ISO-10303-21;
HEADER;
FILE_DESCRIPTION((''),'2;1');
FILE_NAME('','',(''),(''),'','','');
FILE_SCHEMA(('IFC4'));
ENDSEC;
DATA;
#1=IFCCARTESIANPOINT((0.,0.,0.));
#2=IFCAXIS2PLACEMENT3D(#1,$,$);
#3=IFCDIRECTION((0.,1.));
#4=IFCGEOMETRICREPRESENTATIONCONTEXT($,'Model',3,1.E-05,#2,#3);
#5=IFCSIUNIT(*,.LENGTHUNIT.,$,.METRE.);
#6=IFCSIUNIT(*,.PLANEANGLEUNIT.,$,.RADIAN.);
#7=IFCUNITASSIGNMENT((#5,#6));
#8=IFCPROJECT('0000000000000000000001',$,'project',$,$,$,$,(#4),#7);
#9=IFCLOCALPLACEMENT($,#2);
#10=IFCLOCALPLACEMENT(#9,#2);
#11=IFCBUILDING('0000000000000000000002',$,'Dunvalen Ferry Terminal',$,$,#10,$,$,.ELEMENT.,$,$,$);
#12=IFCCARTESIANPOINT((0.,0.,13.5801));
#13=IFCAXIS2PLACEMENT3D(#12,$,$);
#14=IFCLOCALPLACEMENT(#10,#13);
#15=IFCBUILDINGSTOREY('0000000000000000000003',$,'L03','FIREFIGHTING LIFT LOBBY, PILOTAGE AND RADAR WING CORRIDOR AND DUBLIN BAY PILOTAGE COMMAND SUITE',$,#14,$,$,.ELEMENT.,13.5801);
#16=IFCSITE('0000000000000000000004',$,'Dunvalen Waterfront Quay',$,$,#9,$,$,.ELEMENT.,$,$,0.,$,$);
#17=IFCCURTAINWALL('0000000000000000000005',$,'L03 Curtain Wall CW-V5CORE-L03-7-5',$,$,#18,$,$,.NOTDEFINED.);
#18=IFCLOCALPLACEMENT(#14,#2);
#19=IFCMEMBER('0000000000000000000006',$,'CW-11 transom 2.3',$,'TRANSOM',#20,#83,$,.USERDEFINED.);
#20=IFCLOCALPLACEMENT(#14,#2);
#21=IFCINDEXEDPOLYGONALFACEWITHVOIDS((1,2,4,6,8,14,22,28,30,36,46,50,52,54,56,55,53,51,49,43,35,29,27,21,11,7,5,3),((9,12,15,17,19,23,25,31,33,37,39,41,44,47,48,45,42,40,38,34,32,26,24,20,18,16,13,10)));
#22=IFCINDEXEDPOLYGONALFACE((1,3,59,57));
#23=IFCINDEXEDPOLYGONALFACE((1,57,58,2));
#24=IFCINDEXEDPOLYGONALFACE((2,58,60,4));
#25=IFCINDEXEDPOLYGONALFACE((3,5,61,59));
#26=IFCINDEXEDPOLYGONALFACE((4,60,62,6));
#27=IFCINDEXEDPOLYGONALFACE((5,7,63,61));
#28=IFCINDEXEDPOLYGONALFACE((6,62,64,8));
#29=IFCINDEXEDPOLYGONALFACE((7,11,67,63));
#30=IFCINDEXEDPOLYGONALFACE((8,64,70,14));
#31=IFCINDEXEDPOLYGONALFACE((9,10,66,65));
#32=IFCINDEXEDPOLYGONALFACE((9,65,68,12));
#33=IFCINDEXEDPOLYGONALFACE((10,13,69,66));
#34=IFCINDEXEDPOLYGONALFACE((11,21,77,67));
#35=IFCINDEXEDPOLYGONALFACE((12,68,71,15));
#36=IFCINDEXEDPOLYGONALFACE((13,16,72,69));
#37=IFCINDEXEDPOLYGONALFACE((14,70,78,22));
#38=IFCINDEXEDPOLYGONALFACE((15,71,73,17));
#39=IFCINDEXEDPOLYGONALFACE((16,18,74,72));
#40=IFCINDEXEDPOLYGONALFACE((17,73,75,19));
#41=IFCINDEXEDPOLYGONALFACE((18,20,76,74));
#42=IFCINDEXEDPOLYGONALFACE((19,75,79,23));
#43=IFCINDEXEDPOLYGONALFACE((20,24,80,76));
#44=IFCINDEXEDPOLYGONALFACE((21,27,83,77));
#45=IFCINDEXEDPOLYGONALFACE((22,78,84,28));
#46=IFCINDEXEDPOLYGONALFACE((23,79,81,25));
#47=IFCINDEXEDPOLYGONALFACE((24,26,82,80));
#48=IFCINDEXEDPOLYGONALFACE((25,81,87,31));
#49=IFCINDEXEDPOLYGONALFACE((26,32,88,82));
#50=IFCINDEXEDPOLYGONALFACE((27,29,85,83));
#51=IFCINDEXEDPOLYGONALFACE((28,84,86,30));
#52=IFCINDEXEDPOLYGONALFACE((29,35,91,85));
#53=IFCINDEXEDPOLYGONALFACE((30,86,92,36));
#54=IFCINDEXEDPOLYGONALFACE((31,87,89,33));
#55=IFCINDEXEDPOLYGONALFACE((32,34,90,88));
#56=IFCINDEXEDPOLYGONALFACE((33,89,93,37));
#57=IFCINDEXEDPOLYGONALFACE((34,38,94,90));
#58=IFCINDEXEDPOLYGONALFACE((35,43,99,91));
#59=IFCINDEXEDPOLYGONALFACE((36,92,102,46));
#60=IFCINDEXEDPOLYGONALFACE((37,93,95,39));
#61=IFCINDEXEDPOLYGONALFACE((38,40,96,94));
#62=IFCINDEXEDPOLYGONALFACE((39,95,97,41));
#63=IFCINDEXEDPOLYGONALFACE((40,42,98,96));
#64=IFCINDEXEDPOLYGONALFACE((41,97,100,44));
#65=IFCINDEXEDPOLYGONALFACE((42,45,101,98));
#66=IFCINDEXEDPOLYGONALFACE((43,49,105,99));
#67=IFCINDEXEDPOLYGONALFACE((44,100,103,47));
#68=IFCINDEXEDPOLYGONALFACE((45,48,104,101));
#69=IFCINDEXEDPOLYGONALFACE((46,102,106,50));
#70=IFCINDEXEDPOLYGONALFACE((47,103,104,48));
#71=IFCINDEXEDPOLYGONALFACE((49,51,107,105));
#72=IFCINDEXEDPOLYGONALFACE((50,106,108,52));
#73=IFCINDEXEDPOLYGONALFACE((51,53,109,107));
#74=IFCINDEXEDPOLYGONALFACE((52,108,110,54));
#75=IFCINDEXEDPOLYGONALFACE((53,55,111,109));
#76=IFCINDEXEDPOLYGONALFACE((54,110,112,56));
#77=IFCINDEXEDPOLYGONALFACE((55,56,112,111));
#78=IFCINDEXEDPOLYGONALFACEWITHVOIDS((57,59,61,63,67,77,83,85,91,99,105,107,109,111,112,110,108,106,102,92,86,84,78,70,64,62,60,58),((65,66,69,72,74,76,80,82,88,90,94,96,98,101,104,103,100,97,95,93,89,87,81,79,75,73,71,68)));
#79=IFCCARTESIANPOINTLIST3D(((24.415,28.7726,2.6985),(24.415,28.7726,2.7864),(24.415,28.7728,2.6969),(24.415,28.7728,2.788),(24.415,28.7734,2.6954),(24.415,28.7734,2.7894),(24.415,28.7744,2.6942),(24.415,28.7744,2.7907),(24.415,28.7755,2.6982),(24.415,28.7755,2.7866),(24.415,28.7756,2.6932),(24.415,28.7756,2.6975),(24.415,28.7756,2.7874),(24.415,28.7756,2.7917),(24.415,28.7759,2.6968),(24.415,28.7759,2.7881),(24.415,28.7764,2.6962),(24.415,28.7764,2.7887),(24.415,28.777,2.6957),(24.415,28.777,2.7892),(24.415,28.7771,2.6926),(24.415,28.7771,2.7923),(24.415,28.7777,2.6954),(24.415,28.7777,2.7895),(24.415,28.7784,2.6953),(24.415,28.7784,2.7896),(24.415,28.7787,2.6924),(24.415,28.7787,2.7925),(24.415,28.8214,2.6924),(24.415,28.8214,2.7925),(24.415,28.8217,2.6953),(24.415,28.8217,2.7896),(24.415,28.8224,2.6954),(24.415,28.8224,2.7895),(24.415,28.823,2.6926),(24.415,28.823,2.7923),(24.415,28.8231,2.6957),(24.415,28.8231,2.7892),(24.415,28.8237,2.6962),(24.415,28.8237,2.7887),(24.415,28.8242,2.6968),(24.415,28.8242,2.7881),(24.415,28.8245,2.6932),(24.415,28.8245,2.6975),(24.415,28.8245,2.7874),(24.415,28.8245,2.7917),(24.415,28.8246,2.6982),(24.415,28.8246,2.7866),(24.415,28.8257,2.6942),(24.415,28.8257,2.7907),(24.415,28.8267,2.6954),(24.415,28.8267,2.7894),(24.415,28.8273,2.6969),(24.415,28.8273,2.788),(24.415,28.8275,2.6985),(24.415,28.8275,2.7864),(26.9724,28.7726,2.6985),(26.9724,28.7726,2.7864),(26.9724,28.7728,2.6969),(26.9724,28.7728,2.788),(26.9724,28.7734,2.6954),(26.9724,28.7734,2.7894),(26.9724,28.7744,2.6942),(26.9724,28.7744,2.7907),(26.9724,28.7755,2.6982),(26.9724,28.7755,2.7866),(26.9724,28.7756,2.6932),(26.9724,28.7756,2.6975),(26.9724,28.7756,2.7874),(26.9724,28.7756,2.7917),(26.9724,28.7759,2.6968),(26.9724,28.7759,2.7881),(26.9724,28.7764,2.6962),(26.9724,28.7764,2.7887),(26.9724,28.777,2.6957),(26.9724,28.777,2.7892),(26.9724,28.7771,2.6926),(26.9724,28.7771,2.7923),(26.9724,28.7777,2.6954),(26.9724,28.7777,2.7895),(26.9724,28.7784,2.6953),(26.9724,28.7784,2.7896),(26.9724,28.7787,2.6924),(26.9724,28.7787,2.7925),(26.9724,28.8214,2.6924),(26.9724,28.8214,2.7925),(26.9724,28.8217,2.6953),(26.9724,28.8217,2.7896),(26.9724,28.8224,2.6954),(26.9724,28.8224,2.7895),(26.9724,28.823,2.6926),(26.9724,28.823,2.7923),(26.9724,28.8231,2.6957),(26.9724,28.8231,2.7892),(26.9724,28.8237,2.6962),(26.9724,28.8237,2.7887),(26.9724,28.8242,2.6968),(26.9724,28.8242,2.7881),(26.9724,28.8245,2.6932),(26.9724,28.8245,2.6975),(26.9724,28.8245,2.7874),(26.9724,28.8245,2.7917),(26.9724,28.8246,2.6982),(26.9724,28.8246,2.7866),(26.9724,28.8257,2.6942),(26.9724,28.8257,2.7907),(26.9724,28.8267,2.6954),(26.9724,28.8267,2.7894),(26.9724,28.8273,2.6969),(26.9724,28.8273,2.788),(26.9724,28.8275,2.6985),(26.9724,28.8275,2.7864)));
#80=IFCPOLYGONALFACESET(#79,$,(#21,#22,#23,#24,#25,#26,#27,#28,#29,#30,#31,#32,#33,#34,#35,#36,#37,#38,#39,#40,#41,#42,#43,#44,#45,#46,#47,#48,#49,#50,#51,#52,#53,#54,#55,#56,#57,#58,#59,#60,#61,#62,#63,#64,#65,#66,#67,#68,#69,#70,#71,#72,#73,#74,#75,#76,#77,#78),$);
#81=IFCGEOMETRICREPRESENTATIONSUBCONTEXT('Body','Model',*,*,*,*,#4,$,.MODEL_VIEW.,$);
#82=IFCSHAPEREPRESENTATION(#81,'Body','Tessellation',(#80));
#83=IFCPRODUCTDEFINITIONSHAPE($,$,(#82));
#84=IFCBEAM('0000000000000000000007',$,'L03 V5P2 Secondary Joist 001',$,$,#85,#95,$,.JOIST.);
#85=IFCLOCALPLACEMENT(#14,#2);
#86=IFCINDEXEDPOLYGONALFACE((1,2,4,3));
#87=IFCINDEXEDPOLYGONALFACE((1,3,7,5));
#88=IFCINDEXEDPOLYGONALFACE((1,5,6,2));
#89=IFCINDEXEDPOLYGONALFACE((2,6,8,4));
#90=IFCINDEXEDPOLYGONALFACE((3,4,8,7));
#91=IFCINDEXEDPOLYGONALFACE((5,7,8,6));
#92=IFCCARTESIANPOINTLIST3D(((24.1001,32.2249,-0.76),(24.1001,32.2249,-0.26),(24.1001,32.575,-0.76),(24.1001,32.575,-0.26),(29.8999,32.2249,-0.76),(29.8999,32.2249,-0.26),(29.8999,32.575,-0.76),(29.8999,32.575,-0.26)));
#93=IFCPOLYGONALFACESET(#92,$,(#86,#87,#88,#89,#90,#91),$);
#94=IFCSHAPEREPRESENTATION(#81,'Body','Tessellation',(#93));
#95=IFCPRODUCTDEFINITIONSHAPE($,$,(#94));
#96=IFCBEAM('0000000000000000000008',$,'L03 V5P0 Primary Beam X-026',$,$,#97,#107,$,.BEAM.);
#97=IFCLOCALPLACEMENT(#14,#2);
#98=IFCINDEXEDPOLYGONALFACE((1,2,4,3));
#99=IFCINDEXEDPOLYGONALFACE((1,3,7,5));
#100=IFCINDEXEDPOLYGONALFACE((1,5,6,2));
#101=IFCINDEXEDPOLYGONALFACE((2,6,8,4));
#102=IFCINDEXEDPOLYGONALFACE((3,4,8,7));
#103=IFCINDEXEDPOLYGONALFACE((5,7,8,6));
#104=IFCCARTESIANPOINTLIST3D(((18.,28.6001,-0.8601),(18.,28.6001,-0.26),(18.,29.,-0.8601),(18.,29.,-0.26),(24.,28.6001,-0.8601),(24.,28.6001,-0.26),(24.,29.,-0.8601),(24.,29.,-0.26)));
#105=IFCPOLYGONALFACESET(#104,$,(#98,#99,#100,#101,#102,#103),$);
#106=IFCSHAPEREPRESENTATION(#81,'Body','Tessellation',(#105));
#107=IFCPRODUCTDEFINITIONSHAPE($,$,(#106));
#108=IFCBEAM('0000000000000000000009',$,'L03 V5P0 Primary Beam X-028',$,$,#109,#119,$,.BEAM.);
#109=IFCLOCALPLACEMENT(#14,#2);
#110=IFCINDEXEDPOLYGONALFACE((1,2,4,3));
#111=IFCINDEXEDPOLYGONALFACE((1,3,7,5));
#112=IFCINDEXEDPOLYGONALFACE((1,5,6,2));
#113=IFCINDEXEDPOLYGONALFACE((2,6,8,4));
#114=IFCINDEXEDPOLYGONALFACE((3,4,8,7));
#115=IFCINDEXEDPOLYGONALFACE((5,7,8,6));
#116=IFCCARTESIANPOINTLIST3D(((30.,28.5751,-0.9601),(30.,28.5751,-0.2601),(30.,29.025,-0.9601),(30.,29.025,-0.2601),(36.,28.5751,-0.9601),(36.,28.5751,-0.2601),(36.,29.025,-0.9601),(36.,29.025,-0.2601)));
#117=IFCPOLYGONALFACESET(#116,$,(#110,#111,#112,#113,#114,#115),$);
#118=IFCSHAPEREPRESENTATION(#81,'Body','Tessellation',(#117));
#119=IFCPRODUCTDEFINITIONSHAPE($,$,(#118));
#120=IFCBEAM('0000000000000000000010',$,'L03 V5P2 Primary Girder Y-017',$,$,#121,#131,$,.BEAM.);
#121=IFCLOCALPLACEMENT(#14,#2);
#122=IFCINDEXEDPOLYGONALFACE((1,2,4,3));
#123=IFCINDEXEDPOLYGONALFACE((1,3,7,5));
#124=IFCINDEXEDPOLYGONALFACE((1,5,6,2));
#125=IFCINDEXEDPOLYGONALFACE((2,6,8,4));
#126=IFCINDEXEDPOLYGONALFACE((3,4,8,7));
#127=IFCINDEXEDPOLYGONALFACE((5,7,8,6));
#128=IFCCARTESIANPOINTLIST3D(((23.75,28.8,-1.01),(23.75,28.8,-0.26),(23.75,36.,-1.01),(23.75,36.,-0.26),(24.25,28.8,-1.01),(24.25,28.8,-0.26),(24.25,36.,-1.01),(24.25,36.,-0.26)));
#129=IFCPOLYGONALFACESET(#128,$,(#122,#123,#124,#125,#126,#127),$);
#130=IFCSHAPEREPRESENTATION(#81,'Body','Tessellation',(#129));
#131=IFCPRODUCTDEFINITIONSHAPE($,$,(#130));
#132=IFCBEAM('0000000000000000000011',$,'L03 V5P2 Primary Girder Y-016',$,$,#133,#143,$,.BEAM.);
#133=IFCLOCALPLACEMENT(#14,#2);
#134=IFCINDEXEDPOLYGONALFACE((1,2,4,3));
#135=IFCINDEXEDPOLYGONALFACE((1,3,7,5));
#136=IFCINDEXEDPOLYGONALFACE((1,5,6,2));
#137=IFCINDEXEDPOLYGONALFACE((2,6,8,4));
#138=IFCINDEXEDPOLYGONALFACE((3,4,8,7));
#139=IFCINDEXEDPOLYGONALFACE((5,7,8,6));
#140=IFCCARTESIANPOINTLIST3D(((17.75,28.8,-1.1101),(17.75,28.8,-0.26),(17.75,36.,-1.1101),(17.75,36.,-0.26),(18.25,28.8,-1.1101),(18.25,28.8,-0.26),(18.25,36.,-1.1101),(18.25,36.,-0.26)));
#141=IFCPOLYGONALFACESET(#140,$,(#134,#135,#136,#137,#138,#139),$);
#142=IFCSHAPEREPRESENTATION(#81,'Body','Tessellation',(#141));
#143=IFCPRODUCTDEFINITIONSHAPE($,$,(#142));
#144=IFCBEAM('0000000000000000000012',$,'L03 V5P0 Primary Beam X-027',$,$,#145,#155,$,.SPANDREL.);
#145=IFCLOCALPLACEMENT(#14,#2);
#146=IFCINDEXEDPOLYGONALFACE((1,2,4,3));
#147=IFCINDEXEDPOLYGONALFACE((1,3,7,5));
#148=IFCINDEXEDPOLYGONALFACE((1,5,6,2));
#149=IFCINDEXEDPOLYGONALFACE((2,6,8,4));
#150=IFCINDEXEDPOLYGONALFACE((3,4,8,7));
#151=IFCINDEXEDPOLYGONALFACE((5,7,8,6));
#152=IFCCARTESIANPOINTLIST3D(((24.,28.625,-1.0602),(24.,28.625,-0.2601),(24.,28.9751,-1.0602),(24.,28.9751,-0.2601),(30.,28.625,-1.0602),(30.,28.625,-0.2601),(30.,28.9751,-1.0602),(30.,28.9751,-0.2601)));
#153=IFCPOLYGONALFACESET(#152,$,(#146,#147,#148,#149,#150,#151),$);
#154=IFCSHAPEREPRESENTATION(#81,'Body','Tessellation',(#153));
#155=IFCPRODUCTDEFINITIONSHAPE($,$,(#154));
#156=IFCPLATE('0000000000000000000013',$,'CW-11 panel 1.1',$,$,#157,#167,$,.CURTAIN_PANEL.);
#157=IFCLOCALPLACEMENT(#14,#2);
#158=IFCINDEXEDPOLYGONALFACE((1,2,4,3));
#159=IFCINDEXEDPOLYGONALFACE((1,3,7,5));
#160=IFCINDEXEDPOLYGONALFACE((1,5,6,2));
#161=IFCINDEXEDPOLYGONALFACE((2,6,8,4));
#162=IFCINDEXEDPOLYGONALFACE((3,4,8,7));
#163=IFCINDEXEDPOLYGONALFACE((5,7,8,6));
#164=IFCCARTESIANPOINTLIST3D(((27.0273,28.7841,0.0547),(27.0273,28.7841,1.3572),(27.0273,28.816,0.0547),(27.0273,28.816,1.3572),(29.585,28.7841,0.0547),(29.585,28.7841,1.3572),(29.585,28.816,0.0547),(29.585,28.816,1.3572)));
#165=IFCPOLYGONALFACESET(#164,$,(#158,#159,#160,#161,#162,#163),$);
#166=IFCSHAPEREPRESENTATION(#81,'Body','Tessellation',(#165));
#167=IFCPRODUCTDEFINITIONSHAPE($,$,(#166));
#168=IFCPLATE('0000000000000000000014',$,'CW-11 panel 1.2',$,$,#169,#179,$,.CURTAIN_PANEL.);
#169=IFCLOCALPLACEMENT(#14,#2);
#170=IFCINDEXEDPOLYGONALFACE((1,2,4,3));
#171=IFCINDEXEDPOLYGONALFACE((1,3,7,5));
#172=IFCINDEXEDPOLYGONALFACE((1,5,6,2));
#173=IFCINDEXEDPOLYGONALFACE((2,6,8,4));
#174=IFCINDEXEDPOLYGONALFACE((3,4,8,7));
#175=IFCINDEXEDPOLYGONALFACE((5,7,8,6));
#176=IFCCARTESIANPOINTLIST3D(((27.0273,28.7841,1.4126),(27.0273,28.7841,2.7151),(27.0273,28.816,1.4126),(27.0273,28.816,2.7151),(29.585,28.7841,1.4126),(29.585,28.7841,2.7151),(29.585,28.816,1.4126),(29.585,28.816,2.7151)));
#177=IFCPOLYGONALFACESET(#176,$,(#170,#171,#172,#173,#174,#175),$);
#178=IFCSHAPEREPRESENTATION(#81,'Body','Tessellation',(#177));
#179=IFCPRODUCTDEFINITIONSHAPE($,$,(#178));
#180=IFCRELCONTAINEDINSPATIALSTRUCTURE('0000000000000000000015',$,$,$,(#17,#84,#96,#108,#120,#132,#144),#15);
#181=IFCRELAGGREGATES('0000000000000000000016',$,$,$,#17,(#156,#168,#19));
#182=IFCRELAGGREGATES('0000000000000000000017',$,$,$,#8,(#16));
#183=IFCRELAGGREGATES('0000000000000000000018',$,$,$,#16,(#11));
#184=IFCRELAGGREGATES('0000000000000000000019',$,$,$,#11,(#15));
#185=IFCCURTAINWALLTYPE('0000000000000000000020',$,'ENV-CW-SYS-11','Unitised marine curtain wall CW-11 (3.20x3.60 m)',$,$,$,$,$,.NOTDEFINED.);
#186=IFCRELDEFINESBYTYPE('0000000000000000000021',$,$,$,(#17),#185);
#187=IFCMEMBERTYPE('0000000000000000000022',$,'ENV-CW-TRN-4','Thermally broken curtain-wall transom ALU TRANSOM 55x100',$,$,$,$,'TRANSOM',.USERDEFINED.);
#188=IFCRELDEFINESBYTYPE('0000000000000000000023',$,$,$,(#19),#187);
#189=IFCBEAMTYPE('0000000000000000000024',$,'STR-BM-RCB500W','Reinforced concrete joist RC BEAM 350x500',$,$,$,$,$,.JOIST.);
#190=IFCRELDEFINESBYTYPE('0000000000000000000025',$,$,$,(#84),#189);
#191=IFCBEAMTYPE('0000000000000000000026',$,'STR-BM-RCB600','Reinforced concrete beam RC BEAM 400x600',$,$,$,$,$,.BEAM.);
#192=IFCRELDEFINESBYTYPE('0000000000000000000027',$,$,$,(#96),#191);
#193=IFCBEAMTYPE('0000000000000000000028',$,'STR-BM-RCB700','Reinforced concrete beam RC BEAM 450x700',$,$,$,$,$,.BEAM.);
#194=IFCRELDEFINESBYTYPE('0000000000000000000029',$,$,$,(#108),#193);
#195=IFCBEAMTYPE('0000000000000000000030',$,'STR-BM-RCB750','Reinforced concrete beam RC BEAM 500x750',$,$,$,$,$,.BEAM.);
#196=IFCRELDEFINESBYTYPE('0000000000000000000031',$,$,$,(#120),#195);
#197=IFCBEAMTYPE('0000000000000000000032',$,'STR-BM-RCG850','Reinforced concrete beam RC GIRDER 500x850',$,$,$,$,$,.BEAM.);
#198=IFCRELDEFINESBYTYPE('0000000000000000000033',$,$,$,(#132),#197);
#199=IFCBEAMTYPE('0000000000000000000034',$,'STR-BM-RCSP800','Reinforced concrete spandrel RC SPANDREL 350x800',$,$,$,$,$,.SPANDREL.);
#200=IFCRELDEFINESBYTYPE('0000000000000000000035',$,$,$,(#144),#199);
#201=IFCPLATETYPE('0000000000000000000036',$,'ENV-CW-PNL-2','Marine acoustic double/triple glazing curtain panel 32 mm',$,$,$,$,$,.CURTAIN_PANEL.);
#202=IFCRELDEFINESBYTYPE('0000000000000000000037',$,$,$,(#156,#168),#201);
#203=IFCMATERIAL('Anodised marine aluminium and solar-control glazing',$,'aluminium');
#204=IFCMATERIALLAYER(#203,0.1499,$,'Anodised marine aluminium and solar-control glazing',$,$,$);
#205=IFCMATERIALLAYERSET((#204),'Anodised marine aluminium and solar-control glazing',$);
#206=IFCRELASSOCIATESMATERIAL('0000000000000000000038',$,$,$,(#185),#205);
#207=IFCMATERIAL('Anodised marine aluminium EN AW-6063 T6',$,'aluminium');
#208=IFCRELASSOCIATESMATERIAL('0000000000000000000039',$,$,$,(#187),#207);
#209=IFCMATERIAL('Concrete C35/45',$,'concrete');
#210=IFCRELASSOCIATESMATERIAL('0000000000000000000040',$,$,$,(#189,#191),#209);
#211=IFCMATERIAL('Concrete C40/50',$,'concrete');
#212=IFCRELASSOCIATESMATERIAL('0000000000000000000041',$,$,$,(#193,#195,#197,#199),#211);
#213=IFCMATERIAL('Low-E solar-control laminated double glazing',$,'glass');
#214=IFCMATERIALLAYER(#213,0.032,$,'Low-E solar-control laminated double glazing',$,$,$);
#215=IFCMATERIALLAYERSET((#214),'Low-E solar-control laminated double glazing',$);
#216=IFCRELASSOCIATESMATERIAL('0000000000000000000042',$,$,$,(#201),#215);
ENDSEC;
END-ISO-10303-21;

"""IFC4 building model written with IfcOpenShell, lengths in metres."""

from ifc_helpers import new_model, si_unit, direction, frame, origin, origin_2d, place, context, subcontext, project, spatial, rectangle, hollow_rectangle, extrude, material, layer, layer_set, material_profile, profile_set, type_object, element, aggregate, save


model = new_model("IFC4")

# Units and contexts
model_context = context("Model", 3, precision=1e-05, world=origin(), true_north=direction((0.0, 1.0)))
body_context = subcontext(model_context, "Body", "Model", "MODEL_VIEW")
ifc_project = project(units=[si_unit("LENGTHUNIT", "METRE"), si_unit("PLANEANGLEUNIT", "RADIAN")], contexts=[model_context])

# Site, building, storey
site_placement = place(None, origin())
site = spatial("IfcSite", under=ifc_project, at=site_placement, Name="Dunvalen Waterfront Quay", CompositionType="ELEMENT", RefElevation=0.0)
building_placement = place(site_placement, origin())
building = spatial("IfcBuilding", under=site, at=building_placement, Name="Dunvalen Ferry Terminal", CompositionType="ELEMENT")
storey_placement = place(building_placement, frame((0.0, 0.0, 13.5801)))
storey = spatial("IfcBuildingStorey", under=building, at=storey_placement, Name="L03", Description="FIREFIGHTING LIFT LOBBY, PILOTAGE AND RADAR WING CORRIDOR AND DUBLIN BAY PILOTAGE COMMAND SUITE", CompositionType="ELEMENT", Elevation=13.5801)

# Shared definitions
ifc_material_1 = material(Name="Concrete C35/45", Category="concrete")
ifc_material_2 = material(Name="Concrete C40/50", Category="concrete")

# Curtain wall, member
ifc_material_3 = material(Name="Anodised marine aluminium and solar-control glazing", Category="aluminium")
ifc_layer_1 = layer(ifc_material_3, 0.1499, Name="Anodised marine aluminium and solar-control glazing")
ifc_layer_set_1 = layer_set([ifc_layer_1], Name="Anodised marine aluminium and solar-control glazing")
curtain_wall_type = type_object("IfcCurtainWallType", Name="ENV-CW-SYS-11", Description="Unitised marine curtain wall CW-11 (3.20x3.60 m)", PredefinedType="NOTDEFINED", material=ifc_layer_set_1)
curtain_wall_placement = place(storey_placement, origin())
curtain_wall = element("IfcCurtainWall", 1, at=curtain_wall_placement, inside=storey, type_object=curtain_wall_type, Name="L03 Curtain Wall CW-V5CORE-L03-7-5", PredefinedType="NOTDEFINED")
ifc_material_4 = material(Name="Anodised marine aluminium EN AW-6063 T6", Category="aluminium")
ifc_material_profile_1 = material_profile(ifc_material_4, hollow_rectangle(XDim=0.0549, YDim=0.1001, WallThickness=0.0029, InnerFilletRadius=0.0029, OuterFilletRadius=0.0061, at=origin_2d()), Name="Anodised marine aluminium EN AW-6063 T6")
ifc_profile_set_1 = profile_set([ifc_material_profile_1], Name="Anodised marine aluminium EN AW-6063 T6")
member_type_1 = type_object("IfcMemberType", Name="ENV-CW-TRN-4", Description="Thermally broken curtain-wall transom ALU TRANSOM 55x100", ElementType="TRANSOM", PredefinedType="USERDEFINED", material=ifc_profile_set_1)
member_1_placement = place(storey_placement, frame((26.9724, 28.8, 2.7424), z_axis=(-1.0, 0.0, 0.0), x_axis=(0.0, -1.0, 0.0)))
member_1 = element("IfcMember", 2, at=member_1_placement, type_object=member_type_1, Name="CW-11 transom 2.3", ObjectType="TRANSOM", PredefinedType="USERDEFINED", context=body_context, shape_type="SweptSolid", body=[
    extrude(hollow_rectangle(XDim=0.0549, YDim=0.1001, WallThickness=0.0029, InnerFilletRadius=0.0029, OuterFilletRadius=0.0061, at=origin_2d()), origin(), (0.0, 0.0, 1.0), 2.5574),
])

# Beams
ifc_material_profile_2 = material_profile(ifc_material_1, rectangle(XDim=0.3501, YDim=0.5, at=origin_2d()), Name="Concrete C35/45")
ifc_profile_set_2 = profile_set([ifc_material_profile_2], Name="Concrete C35/45")
beam_type_1 = type_object("IfcBeamType", Name="STR-BM-RCB500W", Description="Reinforced concrete joist RC BEAM 350x500", PredefinedType="JOIST", material=ifc_profile_set_2)
beam_1_placement = place(storey_placement, frame((24.1001, 32.3999, -0.51), z_axis=(1.0, 0.0, 0.0), x_axis=(0.0, 1.0, 0.0)))
element("IfcBeam", 3, at=beam_1_placement, inside=storey, type_object=beam_type_1, Name="L03 V5P2 Secondary Joist 001", PredefinedType="JOIST", context=body_context, shape_type="SweptSolid", body=[
    extrude(rectangle(XDim=0.3501, YDim=0.5, at=origin_2d()), origin(), (0.0, 0.0, 1.0), 5.7998),
])
ifc_material_profile_3 = material_profile(ifc_material_1, rectangle(XDim=0.3999, YDim=0.6001, at=origin_2d()), Name="Concrete C35/45")
ifc_profile_set_3 = profile_set([ifc_material_profile_3], Name="Concrete C35/45")
beam_type_2 = type_object("IfcBeamType", Name="STR-BM-RCB600", Description="Reinforced concrete beam RC BEAM 400x600", PredefinedType="BEAM", material=ifc_profile_set_3)
beam_2_placement = place(storey_placement, frame((18.0, 28.8, -0.5601), z_axis=(1.0, 0.0, 0.0), x_axis=(0.0, 1.0, 0.0)))
element("IfcBeam", 4, at=beam_2_placement, inside=storey, type_object=beam_type_2, Name="L03 V5P0 Primary Beam X-026", PredefinedType="BEAM", context=body_context, shape_type="SweptSolid", body=[
    extrude(rectangle(XDim=0.3999, YDim=0.6001, at=origin_2d()), origin(), (0.0, 0.0, 1.0), 6.0),
])
ifc_material_profile_4 = material_profile(ifc_material_2, rectangle(XDim=0.45, YDim=0.7, at=origin_2d()), Name="Concrete C40/50")
ifc_profile_set_4 = profile_set([ifc_material_profile_4], Name="Concrete C40/50")
beam_type_3 = type_object("IfcBeamType", Name="STR-BM-RCB700", Description="Reinforced concrete beam RC BEAM 450x700", PredefinedType="BEAM", material=ifc_profile_set_4)
beam_3_placement = place(storey_placement, frame((30.0, 28.8, -0.6101), z_axis=(1.0, 0.0, 0.0), x_axis=(0.0, 1.0, 0.0)))
element("IfcBeam", 5, at=beam_3_placement, inside=storey, type_object=beam_type_3, Name="L03 V5P0 Primary Beam X-028", PredefinedType="BEAM", context=body_context, shape_type="SweptSolid", body=[
    extrude(rectangle(XDim=0.45, YDim=0.7, at=origin_2d()), origin(), (0.0, 0.0, 1.0), 6.0),
])
ifc_material_profile_5 = material_profile(ifc_material_2, rectangle(XDim=0.5, YDim=0.75, at=origin_2d()), Name="Concrete C40/50")
ifc_profile_set_5 = profile_set([ifc_material_profile_5], Name="Concrete C40/50")
beam_type_4 = type_object("IfcBeamType", Name="STR-BM-RCB750", Description="Reinforced concrete beam RC BEAM 500x750", PredefinedType="BEAM", material=ifc_profile_set_5)
beam_4_placement = place(storey_placement, frame((24.0, 28.8, -0.635), z_axis=(0.0, 1.0, 0.0), x_axis=(-1.0, 0.0, 0.0)))
element("IfcBeam", 6, at=beam_4_placement, inside=storey, type_object=beam_type_4, Name="L03 V5P2 Primary Girder Y-017", PredefinedType="BEAM", context=body_context, shape_type="SweptSolid", body=[
    extrude(rectangle(XDim=0.5, YDim=0.75, at=origin_2d()), origin(), (0.0, 0.0, 1.0), 7.2),
])
ifc_material_profile_6 = material_profile(ifc_material_2, rectangle(XDim=0.5, YDim=0.8501, at=origin_2d()), Name="Concrete C40/50")
ifc_profile_set_6 = profile_set([ifc_material_profile_6], Name="Concrete C40/50")
beam_type_5 = type_object("IfcBeamType", Name="STR-BM-RCG850", Description="Reinforced concrete beam RC GIRDER 500x850", PredefinedType="BEAM", material=ifc_profile_set_6)
beam_5_placement = place(storey_placement, frame((18.0, 28.8, -0.6851), z_axis=(0.0, 1.0, 0.0), x_axis=(-1.0, 0.0, 0.0)))
element("IfcBeam", 7, at=beam_5_placement, inside=storey, type_object=beam_type_5, Name="L03 V5P2 Primary Girder Y-016", PredefinedType="BEAM", context=body_context, shape_type="SweptSolid", body=[
    extrude(rectangle(XDim=0.5, YDim=0.8501, at=origin_2d()), origin(), (0.0, 0.0, 1.0), 7.2),
])
ifc_material_profile_7 = material_profile(ifc_material_2, rectangle(XDim=0.3501, YDim=0.8, at=origin_2d()), Name="Concrete C40/50")
ifc_profile_set_7 = profile_set([ifc_material_profile_7], Name="Concrete C40/50")
beam_type_6 = type_object("IfcBeamType", Name="STR-BM-RCSP800", Description="Reinforced concrete spandrel RC SPANDREL 350x800", PredefinedType="SPANDREL", material=ifc_profile_set_7)
beam_6_placement = place(storey_placement, frame((24.0, 28.8, -0.6602), z_axis=(1.0, 0.0, 0.0), x_axis=(0.0, 1.0, 0.0)))
element("IfcBeam", 8, at=beam_6_placement, inside=storey, type_object=beam_type_6, Name="L03 V5P0 Primary Beam X-027", PredefinedType="SPANDREL", context=body_context, shape_type="SweptSolid", body=[
    extrude(rectangle(XDim=0.3501, YDim=0.8, at=origin_2d()), origin(), (0.0, 0.0, 1.0), 6.0),
])

# Plates
ifc_material_5 = material(Name="Low-E solar-control laminated double glazing", Category="glass")
ifc_layer_2 = layer(ifc_material_5, 0.032, Name="Low-E solar-control laminated double glazing")
ifc_layer_set_2 = layer_set([ifc_layer_2], Name="Low-E solar-control laminated double glazing")
plate_type = type_object("IfcPlateType", Name="ENV-CW-PNL-2", Description="Marine acoustic double/triple glazing curtain panel 32 mm", PredefinedType="CURTAIN_PANEL", material=ifc_layer_set_2)
plate_1_placement = place(storey_placement, frame((28.3062, 28.8, 0.0547), z_axis=(0.0, 0.0, 1.0), x_axis=(-1.0, 0.0, 0.0)))
plate_1 = element("IfcPlate", 9, at=plate_1_placement, type_object=plate_type, Name="CW-11 panel 1.1", PredefinedType="CURTAIN_PANEL", context=body_context, shape_type="SweptSolid", body=[
    extrude(rectangle(XDim=2.5576, YDim=0.032, at=origin_2d()), origin(), (0.0, 0.0, 1.0), 1.3025),
])
plate_2_placement = place(storey_placement, frame((28.3062, 28.8, 1.4126), z_axis=(0.0, 0.0, 1.0), x_axis=(-1.0, 0.0, 0.0)))
plate_2 = element("IfcPlate", 10, at=plate_2_placement, type_object=plate_type, Name="CW-11 panel 1.2", PredefinedType="CURTAIN_PANEL", context=body_context, shape_type="SweptSolid", body=[
    extrude(rectangle(XDim=2.5576, YDim=0.032, at=origin_2d()), origin(), (0.0, 0.0, 1.0), 1.3025),
])
aggregate(curtain_wall, [plate_1, plate_2, member_1])

save(model, "model.ifc")
